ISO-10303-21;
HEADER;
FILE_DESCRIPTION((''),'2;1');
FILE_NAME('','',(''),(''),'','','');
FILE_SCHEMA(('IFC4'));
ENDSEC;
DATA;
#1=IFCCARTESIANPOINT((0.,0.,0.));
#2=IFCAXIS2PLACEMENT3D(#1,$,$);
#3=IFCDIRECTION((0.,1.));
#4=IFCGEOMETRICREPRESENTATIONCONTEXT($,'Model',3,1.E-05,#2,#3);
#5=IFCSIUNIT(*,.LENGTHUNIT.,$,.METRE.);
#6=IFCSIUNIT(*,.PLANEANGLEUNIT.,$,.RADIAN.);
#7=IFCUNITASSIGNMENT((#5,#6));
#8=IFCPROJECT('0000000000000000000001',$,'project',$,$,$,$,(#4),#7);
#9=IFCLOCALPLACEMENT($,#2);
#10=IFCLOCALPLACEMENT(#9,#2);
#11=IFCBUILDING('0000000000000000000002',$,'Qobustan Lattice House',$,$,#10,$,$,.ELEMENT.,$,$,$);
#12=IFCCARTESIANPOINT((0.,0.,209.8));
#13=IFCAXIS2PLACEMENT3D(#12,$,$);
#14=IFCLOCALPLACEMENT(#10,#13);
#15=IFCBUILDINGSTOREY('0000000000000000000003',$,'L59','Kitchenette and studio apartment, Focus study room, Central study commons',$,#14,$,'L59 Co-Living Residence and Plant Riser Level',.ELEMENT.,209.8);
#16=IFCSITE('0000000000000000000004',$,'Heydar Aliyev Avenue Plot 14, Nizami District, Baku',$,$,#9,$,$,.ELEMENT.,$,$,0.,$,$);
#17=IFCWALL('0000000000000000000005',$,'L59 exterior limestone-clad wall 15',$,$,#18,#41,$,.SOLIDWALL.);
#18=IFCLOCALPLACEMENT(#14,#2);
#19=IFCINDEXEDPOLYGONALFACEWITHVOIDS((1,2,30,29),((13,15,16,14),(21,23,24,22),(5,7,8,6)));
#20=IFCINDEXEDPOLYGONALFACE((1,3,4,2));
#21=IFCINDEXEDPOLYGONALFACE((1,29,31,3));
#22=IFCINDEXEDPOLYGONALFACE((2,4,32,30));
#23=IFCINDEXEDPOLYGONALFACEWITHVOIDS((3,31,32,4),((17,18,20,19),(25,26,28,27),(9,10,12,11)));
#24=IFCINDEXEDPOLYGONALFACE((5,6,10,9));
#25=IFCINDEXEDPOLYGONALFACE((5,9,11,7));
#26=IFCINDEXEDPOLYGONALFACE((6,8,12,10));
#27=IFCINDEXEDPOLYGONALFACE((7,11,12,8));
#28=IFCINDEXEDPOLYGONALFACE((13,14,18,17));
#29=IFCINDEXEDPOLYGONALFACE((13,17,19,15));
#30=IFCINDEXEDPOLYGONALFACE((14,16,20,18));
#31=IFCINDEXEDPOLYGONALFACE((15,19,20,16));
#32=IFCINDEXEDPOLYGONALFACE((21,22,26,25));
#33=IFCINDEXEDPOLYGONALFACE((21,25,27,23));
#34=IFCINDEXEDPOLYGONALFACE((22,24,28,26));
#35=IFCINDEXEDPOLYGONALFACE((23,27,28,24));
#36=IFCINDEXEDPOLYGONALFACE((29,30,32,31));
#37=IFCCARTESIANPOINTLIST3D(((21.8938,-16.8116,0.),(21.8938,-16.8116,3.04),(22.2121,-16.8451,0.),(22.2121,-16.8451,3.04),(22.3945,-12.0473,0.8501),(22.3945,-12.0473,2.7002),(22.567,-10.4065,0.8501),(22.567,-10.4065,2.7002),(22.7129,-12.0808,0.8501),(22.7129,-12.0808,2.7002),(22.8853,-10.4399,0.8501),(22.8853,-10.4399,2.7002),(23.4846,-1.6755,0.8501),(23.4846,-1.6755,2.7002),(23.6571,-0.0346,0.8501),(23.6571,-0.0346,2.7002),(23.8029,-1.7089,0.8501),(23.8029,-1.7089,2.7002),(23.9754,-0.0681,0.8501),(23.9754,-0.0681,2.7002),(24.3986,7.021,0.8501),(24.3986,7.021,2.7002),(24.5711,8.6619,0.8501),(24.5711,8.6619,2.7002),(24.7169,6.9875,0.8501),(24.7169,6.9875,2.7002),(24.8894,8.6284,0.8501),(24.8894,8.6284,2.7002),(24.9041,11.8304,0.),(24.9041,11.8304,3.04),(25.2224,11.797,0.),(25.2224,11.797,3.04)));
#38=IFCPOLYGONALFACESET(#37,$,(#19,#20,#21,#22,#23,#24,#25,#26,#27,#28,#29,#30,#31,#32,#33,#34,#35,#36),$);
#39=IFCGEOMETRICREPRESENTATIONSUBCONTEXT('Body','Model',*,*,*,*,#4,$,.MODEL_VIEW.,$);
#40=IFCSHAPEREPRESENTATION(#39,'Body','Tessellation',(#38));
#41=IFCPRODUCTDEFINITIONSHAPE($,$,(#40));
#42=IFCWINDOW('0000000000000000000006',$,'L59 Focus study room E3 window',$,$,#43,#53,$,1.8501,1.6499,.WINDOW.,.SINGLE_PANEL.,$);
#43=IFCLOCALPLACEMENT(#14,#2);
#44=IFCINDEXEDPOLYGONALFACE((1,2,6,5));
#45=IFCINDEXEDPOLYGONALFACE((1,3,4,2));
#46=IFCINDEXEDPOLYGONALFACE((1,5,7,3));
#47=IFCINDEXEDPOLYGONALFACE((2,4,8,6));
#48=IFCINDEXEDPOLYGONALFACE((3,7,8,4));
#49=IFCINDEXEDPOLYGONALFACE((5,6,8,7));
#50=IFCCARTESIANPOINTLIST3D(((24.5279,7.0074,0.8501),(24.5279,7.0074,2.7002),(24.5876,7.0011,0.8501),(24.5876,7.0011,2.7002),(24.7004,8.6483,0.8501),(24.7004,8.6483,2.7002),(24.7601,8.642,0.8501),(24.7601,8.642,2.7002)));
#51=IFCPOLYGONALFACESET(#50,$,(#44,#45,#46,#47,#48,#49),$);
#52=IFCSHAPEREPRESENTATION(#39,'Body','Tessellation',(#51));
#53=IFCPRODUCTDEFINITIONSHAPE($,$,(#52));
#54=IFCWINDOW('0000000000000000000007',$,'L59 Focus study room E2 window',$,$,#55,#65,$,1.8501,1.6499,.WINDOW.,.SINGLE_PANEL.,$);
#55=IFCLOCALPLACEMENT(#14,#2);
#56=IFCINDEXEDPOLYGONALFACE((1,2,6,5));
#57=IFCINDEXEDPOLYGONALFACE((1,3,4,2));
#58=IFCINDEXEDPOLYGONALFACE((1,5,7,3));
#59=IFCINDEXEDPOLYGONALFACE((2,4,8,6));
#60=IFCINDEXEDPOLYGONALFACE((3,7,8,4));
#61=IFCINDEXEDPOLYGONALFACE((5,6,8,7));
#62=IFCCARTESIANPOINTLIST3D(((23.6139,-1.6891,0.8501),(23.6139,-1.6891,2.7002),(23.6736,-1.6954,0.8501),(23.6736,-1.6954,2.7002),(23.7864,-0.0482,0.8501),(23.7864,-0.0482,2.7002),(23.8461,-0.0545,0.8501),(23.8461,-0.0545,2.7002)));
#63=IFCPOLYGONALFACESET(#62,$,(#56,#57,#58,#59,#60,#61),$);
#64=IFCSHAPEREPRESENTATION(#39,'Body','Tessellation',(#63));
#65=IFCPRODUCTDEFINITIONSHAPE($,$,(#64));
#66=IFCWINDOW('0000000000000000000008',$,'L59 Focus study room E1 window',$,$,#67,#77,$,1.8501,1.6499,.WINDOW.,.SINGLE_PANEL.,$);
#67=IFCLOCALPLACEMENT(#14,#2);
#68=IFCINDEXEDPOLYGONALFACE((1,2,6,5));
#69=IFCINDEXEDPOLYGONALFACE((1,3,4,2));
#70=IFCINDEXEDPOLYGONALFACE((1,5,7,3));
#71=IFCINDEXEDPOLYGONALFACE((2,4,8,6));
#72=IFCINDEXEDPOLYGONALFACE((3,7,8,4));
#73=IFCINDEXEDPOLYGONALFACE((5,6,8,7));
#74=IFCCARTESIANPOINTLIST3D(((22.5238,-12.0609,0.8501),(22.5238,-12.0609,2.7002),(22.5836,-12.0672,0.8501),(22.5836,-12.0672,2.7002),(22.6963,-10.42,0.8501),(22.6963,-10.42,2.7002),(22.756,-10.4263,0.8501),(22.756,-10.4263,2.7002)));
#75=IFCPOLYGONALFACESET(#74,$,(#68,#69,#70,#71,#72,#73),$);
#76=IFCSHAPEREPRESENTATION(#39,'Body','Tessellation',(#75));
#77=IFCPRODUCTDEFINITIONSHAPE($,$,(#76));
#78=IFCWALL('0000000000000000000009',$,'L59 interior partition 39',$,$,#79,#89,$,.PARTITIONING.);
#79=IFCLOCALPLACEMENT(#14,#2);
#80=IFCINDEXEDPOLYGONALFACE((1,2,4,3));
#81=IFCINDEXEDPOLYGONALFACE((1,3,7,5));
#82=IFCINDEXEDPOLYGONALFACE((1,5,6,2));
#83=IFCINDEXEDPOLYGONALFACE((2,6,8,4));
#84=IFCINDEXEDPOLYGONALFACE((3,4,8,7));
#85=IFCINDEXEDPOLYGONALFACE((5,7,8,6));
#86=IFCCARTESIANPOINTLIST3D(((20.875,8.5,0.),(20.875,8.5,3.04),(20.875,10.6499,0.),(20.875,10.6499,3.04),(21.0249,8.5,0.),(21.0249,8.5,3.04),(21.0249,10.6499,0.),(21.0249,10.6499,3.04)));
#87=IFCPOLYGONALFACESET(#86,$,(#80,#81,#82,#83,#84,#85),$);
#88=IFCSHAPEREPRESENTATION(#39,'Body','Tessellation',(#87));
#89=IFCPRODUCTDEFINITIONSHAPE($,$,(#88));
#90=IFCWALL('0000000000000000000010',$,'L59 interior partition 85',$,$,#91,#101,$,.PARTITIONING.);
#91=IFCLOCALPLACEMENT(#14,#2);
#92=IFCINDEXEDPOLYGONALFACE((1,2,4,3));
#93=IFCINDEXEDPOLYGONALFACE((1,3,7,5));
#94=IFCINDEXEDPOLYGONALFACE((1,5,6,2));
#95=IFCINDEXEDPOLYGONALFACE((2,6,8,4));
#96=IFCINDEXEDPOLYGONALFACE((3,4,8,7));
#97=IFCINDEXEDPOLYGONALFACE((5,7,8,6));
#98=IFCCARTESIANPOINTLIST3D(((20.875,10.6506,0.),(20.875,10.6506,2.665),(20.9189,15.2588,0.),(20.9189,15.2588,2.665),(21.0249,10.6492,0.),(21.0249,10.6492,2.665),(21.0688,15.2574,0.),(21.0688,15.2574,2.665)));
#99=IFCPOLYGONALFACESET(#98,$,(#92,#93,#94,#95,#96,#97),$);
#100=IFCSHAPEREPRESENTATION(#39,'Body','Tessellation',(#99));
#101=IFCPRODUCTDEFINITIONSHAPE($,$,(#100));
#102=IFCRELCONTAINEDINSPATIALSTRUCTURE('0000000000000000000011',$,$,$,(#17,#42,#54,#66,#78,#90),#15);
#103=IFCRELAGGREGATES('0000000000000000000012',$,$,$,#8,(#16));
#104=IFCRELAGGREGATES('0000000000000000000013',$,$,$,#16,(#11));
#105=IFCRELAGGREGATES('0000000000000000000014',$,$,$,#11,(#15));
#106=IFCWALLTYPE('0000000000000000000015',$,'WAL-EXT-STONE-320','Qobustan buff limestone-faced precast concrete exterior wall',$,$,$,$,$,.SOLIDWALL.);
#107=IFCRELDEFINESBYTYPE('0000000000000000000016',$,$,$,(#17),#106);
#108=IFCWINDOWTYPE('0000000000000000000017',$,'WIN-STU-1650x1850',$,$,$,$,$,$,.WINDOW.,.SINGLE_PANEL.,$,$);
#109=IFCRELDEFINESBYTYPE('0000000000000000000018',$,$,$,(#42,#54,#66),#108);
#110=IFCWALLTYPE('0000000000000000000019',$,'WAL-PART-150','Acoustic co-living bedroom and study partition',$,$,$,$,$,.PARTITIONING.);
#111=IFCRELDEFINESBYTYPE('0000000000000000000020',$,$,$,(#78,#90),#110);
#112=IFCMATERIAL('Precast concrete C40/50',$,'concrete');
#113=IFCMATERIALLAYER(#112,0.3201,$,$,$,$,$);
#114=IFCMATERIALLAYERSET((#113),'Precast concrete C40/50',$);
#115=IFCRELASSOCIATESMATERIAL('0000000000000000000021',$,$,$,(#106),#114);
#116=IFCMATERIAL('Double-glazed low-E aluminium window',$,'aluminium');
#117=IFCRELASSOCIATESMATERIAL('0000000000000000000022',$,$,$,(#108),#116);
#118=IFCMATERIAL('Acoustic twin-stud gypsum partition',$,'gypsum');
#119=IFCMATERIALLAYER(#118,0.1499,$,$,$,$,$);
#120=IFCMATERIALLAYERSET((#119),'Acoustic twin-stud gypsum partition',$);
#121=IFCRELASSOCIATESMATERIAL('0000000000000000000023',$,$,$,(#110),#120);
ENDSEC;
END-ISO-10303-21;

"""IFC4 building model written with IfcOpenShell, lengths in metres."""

from ifc_helpers import new_model, si_unit, direction, frame, frame_2d, origin, place, context, subcontext, project, spatial, rectangle, extrude, material, layer, layer_set, type_object, element, fill, save


model = new_model("IFC4")

# Units and contexts
model_context = context("Model", 3, precision=1e-05, world=origin(), true_north=direction((0.0, 1.0)))
body_context = subcontext(model_context, "Body", "Model", "MODEL_VIEW")
ifc_project = project(units=[si_unit("LENGTHUNIT", "METRE"), si_unit("PLANEANGLEUNIT", "RADIAN")], contexts=[model_context])

# Site, building, storey
site_placement = place(None, origin())
site = spatial("IfcSite", under=ifc_project, at=site_placement, Name="Heydar Aliyev Avenue Plot 14, Nizami District, Baku", CompositionType="ELEMENT", RefElevation=0.0)
building_placement = place(site_placement, origin())
building = spatial("IfcBuilding", under=site, at=building_placement, Name="Qobustan Lattice House", CompositionType="ELEMENT")
storey_placement = place(building_placement, frame((0.0, 0.0, 209.8)))
storey = spatial("IfcBuildingStorey", under=building, at=storey_placement, Name="L59", Description="Kitchenette and studio apartment, Focus study room, Central study commons", LongName="L59 Co-Living Residence and Plant Riser Level", CompositionType="ELEMENT", Elevation=209.8)

# Shared definitions
ifc_material_1 = material(Name="Precast concrete C40/50", Category="concrete")
ifc_layer_1 = layer(ifc_material_1, 0.3201)
ifc_layer_set_1 = layer_set([ifc_layer_1], Name="Precast concrete C40/50")
wall_type_1 = type_object("IfcWallType", Name="WAL-EXT-STONE-320", Description="Qobustan buff limestone-faced precast concrete exterior wall", PredefinedType="SOLIDWALL", material=ifc_layer_set_1)

# Wall, openings, windows
wall_1_placement = place(storey_placement, frame((25.0632, 11.8137, 0.0), z_axis=(0.0, 0.0, 1.0), x_axis=(-0.104523, -0.994522, 0.0)))
wall_1 = element("IfcWall", 1, at=wall_1_placement, inside=storey, type_object=wall_type_1, Name="L59 exterior limestone-clad wall 15", PredefinedType="SOLIDWALL", context=body_context, shape_type="SweptSolid", body=[
    extrude(rectangle(XDim=28.7998, YDim=0.3201, at=frame_2d((14.3999, 0.0))), origin(), (0.0, 0.0, 1.0), 3.04),
])
opening_1_placement = place(wall_1_placement, frame((3.186, 0.0, 0.8501)))
opening_1 = element("IfcOpeningElement", 2, at=opening_1_placement, cuts=wall_1, PredefinedType="OPENING", context=body_context, shape_type="SweptSolid", body=[
    extrude(rectangle(XDim=1.6499, YDim=1.8501, at=frame_2d((0.825, 0.925))), frame((0.0, 0.1699, 0.0), z_axis=(0.0, -1.0, 0.0), x_axis=(1.0, 0.0, 0.0)), (0.0, 0.0, 1.0), 0.3401),
])
opening_2_placement = place(wall_1_placement, frame((11.9304, 0.0, 0.8501)))
opening_2 = element("IfcOpeningElement", 3, at=opening_2_placement, cuts=wall_1, PredefinedType="OPENING", context=body_context, shape_type="SweptSolid", body=[
    extrude(rectangle(XDim=1.6499, YDim=1.8501, at=frame_2d((0.825, 0.925))), frame((0.0, 0.1699, 0.0), z_axis=(0.0, -1.0, 0.0), x_axis=(1.0, 0.0, 0.0)), (0.0, 0.0, 1.0), 0.3401),
])
opening_3_placement = place(wall_1_placement, frame((22.3594, 0.0, 0.8501)))
opening_3 = element("IfcOpeningElement", 4, at=opening_3_placement, cuts=wall_1, PredefinedType="OPENING", context=body_context, shape_type="SweptSolid", body=[
    extrude(rectangle(XDim=1.6499, YDim=1.8501, at=frame_2d((0.825, 0.925))), frame((0.0, 0.1699, 0.0), z_axis=(0.0, -1.0, 0.0), x_axis=(1.0, 0.0, 0.0)), (0.0, 0.0, 1.0), 0.3401),
])
ifc_material_2 = material(Name="Double-glazed low-E aluminium window", Category="aluminium")
window_type = type_object("IfcWindowType", Name="WIN-STU-1650x1850", PartitioningType="SINGLE_PANEL", PredefinedType="WINDOW", material=ifc_material_2)
window_1_placement = place(opening_1_placement, origin())
window_1 = element("IfcWindow", 5, at=window_1_placement, inside=storey, type_object=window_type, Name="L59 Focus study room E3 window", OverallHeight=1.8501, OverallWidth=1.6499, PartitioningType="SINGLE_PANEL", PredefinedType="WINDOW", context=body_context, shape_type="SweptSolid", body=[
    extrude(rectangle(XDim=1.6499, YDim=1.8501, at=frame_2d((0.825, 0.925))), frame((0.0, 0.03, 0.0), z_axis=(0.0, -1.0, 0.0), x_axis=(1.0, 0.0, 0.0)), (0.0, 0.0, 1.0), 0.0601),
])
fill(opening_1, window_1)
window_2_placement = place(opening_2_placement, origin())
window_2 = element("IfcWindow", 6, at=window_2_placement, inside=storey, type_object=window_type, Name="L59 Focus study room E2 window", OverallHeight=1.8501, OverallWidth=1.6499, PartitioningType="SINGLE_PANEL", PredefinedType="WINDOW", context=body_context, shape_type="SweptSolid", body=[
    extrude(rectangle(XDim=1.6499, YDim=1.8501, at=frame_2d((0.825, 0.925))), frame((0.0, 0.03, 0.0), z_axis=(0.0, -1.0, 0.0), x_axis=(1.0, 0.0, 0.0)), (0.0, 0.0, 1.0), 0.0601),
])
fill(opening_2, window_2)
window_3_placement = place(opening_3_placement, origin())
window_3 = element("IfcWindow", 7, at=window_3_placement, inside=storey, type_object=window_type, Name="L59 Focus study room E1 window", OverallHeight=1.8501, OverallWidth=1.6499, PartitioningType="SINGLE_PANEL", PredefinedType="WINDOW", context=body_context, shape_type="SweptSolid", body=[
    extrude(rectangle(XDim=1.6499, YDim=1.8501, at=frame_2d((0.825, 0.925))), frame((0.0, 0.03, 0.0), z_axis=(0.0, -1.0, 0.0), x_axis=(1.0, 0.0, 0.0)), (0.0, 0.0, 1.0), 0.0601),
])
fill(opening_3, window_3)

# Wall
ifc_material_3 = material(Name="Acoustic twin-stud gypsum partition", Category="gypsum")
ifc_layer_2 = layer(ifc_material_3, 0.1499)
ifc_layer_set_2 = layer_set([ifc_layer_2], Name="Acoustic twin-stud gypsum partition")
wall_type_2 = type_object("IfcWallType", Name="WAL-PART-150", Description="Acoustic co-living bedroom and study partition", PredefinedType="PARTITIONING", material=ifc_layer_set_2)
wall_2_placement = place(storey_placement, frame((20.95, 10.6499, 0.0), z_axis=(0.0, 0.0, 1.0), x_axis=(0.0, -1.0, 0.0)))
element("IfcWall", 8, at=wall_2_placement, inside=storey, type_object=wall_type_2, Name="L59 interior partition 39", PredefinedType="PARTITIONING", context=body_context, shape_type="SweptSolid", body=[
    extrude(rectangle(XDim=2.1499, YDim=0.1499, at=frame_2d((1.075, 0.0))), origin(), (0.0, 0.0, 1.0), 3.04),
])

# Wall
wall_3_placement = place(storey_placement, frame((20.95, 10.6499, 0.0), z_axis=(0.0, 0.0, 1.0), x_axis=(0.009536, 0.999955, 0.0)))
element("IfcWall", 9, at=wall_3_placement, inside=storey, type_object=wall_type_2, Name="L59 interior partition 85", PredefinedType="PARTITIONING", context=body_context, shape_type="SweptSolid", body=[
    extrude(rectangle(XDim=4.6084, YDim=0.1499, at=frame_2d((2.3042, 0.0))), origin(), (0.0, 0.0, 1.0), 2.665),
])

save(model, "model.ifc")
